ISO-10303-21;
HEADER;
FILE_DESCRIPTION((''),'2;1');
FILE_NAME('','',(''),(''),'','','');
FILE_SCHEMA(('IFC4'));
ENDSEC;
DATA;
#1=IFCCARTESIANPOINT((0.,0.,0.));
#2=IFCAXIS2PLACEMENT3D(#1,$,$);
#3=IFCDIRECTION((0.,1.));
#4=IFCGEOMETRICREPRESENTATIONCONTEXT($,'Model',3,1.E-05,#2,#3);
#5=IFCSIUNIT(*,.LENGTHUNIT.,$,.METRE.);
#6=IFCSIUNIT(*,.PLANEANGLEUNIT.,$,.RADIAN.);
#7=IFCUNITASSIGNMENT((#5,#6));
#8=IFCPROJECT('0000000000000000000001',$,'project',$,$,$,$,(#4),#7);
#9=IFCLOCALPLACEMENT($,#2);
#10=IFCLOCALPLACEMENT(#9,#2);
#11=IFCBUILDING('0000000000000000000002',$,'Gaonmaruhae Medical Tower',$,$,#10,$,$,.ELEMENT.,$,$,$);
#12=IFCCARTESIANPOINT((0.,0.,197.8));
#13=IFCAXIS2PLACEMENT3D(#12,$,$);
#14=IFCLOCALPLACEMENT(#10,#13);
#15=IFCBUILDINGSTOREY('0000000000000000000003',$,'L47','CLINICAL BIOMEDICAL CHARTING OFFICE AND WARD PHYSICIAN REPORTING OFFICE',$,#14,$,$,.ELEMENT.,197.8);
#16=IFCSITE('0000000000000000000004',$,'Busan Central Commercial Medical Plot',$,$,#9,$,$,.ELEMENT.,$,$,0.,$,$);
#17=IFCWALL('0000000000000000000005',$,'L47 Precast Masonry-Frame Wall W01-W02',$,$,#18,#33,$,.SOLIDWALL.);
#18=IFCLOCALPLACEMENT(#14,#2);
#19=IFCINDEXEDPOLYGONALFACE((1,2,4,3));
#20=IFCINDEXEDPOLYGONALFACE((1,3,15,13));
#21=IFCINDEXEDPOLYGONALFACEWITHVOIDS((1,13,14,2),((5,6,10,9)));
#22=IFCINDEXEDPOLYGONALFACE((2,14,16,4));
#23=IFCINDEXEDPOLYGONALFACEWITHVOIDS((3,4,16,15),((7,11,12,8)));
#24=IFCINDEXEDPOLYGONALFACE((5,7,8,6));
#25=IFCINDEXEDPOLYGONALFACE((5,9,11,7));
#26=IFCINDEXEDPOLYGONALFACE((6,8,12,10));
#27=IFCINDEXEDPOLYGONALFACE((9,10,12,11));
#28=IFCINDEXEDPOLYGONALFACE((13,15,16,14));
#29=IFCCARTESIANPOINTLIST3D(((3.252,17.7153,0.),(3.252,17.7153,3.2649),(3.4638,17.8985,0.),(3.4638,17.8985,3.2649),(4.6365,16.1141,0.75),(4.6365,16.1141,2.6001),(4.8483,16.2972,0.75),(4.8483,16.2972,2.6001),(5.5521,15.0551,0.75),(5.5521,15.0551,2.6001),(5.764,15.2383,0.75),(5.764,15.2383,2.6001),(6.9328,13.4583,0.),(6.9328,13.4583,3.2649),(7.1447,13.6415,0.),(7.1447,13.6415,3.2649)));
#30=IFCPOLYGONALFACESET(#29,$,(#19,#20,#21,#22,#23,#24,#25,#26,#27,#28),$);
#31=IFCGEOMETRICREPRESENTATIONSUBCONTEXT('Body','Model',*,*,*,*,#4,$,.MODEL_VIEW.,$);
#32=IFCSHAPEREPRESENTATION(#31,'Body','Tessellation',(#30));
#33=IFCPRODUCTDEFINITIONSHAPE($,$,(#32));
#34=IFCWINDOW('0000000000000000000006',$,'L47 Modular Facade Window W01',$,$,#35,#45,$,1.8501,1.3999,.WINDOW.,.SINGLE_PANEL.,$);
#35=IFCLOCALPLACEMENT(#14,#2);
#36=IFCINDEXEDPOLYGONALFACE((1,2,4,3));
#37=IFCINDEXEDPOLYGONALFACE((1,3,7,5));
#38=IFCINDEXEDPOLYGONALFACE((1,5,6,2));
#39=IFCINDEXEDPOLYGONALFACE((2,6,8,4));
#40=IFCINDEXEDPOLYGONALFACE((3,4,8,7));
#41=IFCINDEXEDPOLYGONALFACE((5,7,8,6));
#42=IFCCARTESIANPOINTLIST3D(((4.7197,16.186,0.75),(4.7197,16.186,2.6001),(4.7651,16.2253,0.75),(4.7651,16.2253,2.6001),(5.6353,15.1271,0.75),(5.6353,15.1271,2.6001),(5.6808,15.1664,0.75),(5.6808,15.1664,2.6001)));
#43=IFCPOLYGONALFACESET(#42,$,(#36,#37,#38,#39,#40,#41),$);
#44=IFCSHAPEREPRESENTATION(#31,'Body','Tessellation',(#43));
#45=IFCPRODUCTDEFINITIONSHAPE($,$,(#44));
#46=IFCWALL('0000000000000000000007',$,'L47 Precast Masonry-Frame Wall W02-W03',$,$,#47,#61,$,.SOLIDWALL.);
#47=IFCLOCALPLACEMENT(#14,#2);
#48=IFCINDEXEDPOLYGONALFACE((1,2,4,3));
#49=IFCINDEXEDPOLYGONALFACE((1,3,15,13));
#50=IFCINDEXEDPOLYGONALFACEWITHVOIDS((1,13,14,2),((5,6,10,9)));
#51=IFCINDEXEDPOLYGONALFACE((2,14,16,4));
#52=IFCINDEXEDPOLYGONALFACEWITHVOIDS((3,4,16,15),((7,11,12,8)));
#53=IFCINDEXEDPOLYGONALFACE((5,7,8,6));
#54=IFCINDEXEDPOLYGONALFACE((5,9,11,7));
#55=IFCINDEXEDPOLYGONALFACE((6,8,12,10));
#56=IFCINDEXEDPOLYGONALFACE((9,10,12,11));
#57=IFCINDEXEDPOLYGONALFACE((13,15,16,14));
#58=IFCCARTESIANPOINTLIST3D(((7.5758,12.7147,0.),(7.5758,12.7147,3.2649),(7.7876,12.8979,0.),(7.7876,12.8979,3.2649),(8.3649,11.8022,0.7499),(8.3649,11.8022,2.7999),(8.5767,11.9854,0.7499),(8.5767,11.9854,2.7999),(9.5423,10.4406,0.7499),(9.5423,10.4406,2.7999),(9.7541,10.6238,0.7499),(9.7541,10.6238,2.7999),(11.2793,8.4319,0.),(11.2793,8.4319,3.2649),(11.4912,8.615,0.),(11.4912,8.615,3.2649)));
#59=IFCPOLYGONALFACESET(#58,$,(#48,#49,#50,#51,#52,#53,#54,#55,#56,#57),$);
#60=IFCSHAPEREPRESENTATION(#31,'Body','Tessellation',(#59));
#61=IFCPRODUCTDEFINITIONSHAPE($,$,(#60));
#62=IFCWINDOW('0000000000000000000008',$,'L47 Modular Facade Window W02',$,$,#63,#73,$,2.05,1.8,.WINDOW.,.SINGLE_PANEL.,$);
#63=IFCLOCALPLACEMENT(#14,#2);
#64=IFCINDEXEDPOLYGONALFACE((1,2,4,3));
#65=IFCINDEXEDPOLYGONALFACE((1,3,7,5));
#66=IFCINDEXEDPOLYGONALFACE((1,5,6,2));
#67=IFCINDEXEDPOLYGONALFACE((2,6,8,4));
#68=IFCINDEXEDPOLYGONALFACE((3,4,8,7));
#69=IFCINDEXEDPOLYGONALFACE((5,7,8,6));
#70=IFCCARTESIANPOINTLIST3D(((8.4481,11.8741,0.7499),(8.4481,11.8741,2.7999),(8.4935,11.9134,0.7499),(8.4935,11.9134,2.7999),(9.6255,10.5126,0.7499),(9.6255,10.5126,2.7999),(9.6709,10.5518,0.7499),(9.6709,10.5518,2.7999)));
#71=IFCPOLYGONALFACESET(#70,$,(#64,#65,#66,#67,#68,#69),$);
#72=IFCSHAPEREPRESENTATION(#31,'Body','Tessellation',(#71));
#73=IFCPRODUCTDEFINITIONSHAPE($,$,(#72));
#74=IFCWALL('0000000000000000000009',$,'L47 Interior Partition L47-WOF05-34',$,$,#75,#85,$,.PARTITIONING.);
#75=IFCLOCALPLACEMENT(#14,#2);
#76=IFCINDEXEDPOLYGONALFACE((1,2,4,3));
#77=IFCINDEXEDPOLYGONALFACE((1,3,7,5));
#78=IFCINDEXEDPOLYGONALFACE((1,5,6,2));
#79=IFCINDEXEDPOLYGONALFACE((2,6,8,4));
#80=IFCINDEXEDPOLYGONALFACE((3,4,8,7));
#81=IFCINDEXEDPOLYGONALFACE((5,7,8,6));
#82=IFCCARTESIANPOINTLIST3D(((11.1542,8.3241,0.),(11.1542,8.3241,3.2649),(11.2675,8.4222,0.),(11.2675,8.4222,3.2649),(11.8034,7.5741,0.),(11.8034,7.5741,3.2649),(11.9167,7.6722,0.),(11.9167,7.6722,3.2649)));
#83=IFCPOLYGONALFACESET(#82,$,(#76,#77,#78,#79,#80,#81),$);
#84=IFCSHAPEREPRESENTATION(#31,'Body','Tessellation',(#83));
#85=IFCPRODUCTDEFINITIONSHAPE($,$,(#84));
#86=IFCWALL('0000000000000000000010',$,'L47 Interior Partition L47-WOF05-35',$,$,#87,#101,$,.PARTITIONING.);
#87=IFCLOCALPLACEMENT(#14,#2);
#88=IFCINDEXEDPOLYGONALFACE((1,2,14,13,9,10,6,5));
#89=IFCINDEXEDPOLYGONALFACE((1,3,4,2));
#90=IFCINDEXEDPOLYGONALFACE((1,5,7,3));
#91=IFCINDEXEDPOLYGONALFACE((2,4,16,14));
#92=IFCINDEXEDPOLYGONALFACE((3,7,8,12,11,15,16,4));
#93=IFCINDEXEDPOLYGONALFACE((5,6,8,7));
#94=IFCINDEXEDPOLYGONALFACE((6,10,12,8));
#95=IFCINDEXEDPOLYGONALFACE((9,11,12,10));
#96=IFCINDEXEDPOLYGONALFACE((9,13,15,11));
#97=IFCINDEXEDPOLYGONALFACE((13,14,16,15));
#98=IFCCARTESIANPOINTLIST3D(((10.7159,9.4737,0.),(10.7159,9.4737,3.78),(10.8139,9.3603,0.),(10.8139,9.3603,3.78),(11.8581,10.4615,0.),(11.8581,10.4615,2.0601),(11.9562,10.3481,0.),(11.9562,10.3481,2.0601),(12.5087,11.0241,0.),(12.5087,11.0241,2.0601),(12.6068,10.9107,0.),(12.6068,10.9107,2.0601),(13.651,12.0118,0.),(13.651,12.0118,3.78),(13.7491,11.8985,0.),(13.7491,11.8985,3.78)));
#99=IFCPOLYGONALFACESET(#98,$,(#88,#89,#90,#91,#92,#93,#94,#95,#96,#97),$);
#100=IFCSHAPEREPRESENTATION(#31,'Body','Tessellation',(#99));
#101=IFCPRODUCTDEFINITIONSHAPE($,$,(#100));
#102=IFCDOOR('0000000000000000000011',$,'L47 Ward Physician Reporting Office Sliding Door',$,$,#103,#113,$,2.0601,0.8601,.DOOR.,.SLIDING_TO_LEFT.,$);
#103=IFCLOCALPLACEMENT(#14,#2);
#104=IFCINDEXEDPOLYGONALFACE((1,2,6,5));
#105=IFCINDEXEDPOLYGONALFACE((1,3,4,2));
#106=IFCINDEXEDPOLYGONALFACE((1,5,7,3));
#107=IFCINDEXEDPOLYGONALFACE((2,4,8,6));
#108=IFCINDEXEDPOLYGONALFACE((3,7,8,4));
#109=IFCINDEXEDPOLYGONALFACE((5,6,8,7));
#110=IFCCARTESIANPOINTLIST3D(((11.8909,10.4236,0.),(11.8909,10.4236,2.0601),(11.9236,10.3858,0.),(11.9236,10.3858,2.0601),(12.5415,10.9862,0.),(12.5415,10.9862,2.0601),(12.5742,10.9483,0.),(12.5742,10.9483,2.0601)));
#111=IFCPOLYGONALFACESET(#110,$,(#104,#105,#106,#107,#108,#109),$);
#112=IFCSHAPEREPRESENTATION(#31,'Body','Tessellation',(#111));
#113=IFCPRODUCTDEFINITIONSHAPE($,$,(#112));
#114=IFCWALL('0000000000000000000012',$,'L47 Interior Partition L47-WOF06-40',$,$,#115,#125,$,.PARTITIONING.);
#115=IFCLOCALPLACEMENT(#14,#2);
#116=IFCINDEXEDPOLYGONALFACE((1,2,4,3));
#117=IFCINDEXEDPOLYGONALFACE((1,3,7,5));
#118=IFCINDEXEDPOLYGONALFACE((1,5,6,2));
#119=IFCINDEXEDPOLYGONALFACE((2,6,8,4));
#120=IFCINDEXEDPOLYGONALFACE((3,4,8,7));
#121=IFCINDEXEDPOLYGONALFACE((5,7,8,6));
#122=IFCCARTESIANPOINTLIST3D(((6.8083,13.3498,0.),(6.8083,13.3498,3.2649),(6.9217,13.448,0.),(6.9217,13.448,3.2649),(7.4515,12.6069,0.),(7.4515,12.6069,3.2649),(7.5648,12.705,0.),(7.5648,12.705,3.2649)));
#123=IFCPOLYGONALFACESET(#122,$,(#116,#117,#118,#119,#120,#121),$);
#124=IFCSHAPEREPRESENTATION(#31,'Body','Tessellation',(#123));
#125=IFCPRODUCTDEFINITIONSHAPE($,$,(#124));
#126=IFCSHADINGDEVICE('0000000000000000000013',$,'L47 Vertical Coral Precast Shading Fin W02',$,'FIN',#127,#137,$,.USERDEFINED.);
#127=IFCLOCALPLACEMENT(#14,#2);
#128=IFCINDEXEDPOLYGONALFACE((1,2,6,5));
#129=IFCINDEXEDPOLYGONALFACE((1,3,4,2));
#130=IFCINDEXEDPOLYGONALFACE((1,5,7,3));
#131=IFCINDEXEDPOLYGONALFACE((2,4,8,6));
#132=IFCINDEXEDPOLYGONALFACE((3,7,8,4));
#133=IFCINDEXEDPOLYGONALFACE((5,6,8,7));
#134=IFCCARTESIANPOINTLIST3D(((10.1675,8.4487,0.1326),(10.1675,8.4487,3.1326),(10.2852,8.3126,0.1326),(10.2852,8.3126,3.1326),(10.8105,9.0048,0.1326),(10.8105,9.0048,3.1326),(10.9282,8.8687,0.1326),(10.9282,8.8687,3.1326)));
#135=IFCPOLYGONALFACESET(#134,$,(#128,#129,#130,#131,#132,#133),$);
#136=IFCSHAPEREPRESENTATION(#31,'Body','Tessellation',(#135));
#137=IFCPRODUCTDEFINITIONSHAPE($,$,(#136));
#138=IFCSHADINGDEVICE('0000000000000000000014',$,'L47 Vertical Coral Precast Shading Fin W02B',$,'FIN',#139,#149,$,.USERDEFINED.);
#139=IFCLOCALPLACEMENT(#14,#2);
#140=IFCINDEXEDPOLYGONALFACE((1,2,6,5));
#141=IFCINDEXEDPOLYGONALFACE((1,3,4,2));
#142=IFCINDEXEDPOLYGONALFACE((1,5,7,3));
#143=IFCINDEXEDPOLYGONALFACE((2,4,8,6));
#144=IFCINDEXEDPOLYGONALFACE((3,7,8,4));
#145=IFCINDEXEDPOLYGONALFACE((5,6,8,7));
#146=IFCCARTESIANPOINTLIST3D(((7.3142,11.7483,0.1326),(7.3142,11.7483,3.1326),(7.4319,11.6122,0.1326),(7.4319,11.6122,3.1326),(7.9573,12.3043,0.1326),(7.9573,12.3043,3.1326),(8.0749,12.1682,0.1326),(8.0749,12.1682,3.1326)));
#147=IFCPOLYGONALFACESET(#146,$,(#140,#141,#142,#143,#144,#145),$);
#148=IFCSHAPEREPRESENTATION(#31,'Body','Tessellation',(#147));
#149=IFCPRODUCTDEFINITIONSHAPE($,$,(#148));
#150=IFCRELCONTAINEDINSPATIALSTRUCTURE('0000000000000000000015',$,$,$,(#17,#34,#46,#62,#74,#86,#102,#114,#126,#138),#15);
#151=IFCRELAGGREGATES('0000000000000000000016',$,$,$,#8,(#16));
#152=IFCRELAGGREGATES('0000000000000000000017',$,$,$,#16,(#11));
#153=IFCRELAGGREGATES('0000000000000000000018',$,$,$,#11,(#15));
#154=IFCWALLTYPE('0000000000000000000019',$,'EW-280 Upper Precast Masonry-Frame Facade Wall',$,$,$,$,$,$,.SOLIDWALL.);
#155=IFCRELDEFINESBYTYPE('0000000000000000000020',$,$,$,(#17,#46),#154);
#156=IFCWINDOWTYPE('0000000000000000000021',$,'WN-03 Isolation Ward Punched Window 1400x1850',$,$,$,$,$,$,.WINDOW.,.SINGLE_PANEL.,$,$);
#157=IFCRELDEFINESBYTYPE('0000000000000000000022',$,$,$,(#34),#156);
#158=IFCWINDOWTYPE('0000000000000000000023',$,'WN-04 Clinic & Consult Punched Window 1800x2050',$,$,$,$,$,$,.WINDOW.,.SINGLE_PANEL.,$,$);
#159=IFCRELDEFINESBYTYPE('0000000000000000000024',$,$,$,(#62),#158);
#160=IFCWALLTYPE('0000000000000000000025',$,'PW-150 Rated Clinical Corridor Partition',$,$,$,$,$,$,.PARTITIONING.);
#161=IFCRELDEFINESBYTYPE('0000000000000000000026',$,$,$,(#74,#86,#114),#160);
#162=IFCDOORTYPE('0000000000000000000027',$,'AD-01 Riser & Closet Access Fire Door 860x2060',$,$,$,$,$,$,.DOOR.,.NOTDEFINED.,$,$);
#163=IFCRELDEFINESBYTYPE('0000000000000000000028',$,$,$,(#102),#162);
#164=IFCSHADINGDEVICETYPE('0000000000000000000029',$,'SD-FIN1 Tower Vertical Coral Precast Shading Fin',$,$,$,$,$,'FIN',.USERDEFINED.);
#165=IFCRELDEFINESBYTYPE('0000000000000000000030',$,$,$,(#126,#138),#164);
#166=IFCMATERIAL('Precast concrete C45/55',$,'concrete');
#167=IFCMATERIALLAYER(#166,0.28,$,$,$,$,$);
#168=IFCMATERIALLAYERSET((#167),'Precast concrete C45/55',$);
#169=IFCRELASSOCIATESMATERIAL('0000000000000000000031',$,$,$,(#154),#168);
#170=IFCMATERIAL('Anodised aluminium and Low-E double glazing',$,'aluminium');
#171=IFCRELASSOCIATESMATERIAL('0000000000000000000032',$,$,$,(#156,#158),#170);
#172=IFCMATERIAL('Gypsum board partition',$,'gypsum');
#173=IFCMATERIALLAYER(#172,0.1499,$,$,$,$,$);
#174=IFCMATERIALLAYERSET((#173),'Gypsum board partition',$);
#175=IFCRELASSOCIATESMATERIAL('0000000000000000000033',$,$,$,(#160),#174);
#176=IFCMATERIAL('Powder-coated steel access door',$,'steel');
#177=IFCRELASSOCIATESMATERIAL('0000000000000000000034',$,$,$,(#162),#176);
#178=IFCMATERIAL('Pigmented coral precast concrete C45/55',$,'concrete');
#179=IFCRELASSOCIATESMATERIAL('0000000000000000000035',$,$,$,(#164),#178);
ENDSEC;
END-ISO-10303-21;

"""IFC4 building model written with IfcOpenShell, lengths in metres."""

from ifc_helpers import new_model, si_unit, direction, frame, frame_2d, origin, origin_2d, place, context, subcontext, project, spatial, rectangle, extrude, material, layer, layer_set, type_object, element, fill, save


model = new_model("IFC4")

# Units and contexts
model_context = context("Model", 3, precision=1e-05, world=origin(), true_north=direction((0.0, 1.0)))
body_context = subcontext(model_context, "Body", "Model", "MODEL_VIEW")
ifc_project = project(units=[si_unit("LENGTHUNIT", "METRE"), si_unit("PLANEANGLEUNIT", "RADIAN")], contexts=[model_context])

# Site, building, storey
site_placement = place(None, origin())
site = spatial("IfcSite", under=ifc_project, at=site_placement, Name="Busan Central Commercial Medical Plot", CompositionType="ELEMENT", RefElevation=0.0)
building_placement = place(site_placement, origin())
building = spatial("IfcBuilding", under=site, at=building_placement, Name="Gaonmaruhae Medical Tower", CompositionType="ELEMENT")
storey_placement = place(building_placement, frame((0.0, 0.0, 197.8)))
storey = spatial("IfcBuildingStorey", under=building, at=storey_placement, Name="L47", Description="CLINICAL BIOMEDICAL CHARTING OFFICE AND WARD PHYSICIAN REPORTING OFFICE", CompositionType="ELEMENT", Elevation=197.8)

# Walls, openings, windows
ifc_material_1 = material(Name="Precast concrete C45/55", Category="concrete")
ifc_layer_1 = layer(ifc_material_1, 0.28)
ifc_layer_set_1 = layer_set([ifc_layer_1], Name="Precast concrete C45/55")
wall_type_1 = type_object("IfcWallType", Name="EW-280 Upper Precast Masonry-Frame Facade Wall", PredefinedType="SOLIDWALL", material=ifc_layer_set_1)
wall_1_placement = place(storey_placement, frame((7.0388, 13.5498, 0.0), z_axis=(0.0, 0.0, 1.0), x_axis=(-0.654061, 0.756441, 0.0)))
wall_1 = element("IfcWall", 1, at=wall_1_placement, inside=storey, type_object=wall_type_1, Name="L47 Precast Masonry-Frame Wall W01-W02", PredefinedType="SOLIDWALL", context=body_context, shape_type="SweptSolid", body=[
    extrude(rectangle(XDim=5.6277, YDim=0.28, at=frame_2d((2.814, 0.0))), origin(), (0.0, 0.0, 1.0), 3.2649),
])
opening_1_placement = place(wall_1_placement, frame((2.1111, 0.0, 0.75)))
opening_1 = element("IfcOpeningElement", 2, at=opening_1_placement, cuts=wall_1, PredefinedType="OPENING", context=body_context, shape_type="SweptSolid", body=[
    extrude(rectangle(XDim=1.3999, YDim=1.8501, at=frame_2d((0.7, 0.925))), frame((0.0, 0.1499, 0.0), z_axis=(0.0, -1.0, 0.0), x_axis=(1.0, 0.0, 0.0)), (0.0, 0.0, 1.0), 0.3),
])
ifc_material_2 = material(Name="Anodised aluminium and Low-E double glazing", Category="aluminium")
window_type_1 = type_object("IfcWindowType", Name="WN-03 Isolation Ward Punched Window 1400x1850", PartitioningType="SINGLE_PANEL", PredefinedType="WINDOW", material=ifc_material_2)
window_1_placement = place(opening_1_placement, origin())
window_1 = element("IfcWindow", 3, at=window_1_placement, inside=storey, type_object=window_type_1, Name="L47 Modular Facade Window W01", OverallHeight=1.8501, OverallWidth=1.3999, PartitioningType="SINGLE_PANEL", PredefinedType="WINDOW", context=body_context, shape_type="SweptSolid", body=[
    extrude(rectangle(XDim=1.3999, YDim=1.8501, at=frame_2d((0.7, 0.925))), frame((0.0, 0.03, 0.0), z_axis=(0.0, -1.0, 0.0), x_axis=(1.0, 0.0, 0.0)), (0.0, 0.0, 1.0), 0.0601),
])
fill(opening_1, window_1)
wall_2_placement = place(storey_placement, frame((11.3853, 8.5234, 0.0), z_axis=(0.0, 0.0, 1.0), x_axis=(-0.654095, 0.756413, 0.0)))
wall_2 = element("IfcWall", 4, at=wall_2_placement, inside=storey, type_object=wall_type_1, Name="L47 Precast Masonry-Frame Wall W02-W03", PredefinedType="SOLIDWALL", context=body_context, shape_type="SweptSolid", body=[
    extrude(rectangle(XDim=5.6621, YDim=0.28, at=frame_2d((2.8311, 0.0))), origin(), (0.0, 0.0, 1.0), 3.2649),
])
opening_2_placement = place(wall_2_placement, frame((2.6558, 0.0, 0.75)))
opening_2 = element("IfcOpeningElement", 5, at=opening_2_placement, cuts=wall_2, PredefinedType="OPENING", context=body_context, shape_type="SweptSolid", body=[
    extrude(rectangle(XDim=1.8, YDim=2.05, at=frame_2d((0.8999, 1.0249))), frame((0.0, 0.1499, 0.0), z_axis=(0.0, -1.0, 0.0), x_axis=(1.0, 0.0, 0.0)), (0.0, 0.0, 1.0), 0.3),
])
window_type_2 = type_object("IfcWindowType", Name="WN-04 Clinic & Consult Punched Window 1800x2050", PartitioningType="SINGLE_PANEL", PredefinedType="WINDOW", material=ifc_material_2)
window_2_placement = place(opening_2_placement, origin())
window_2 = element("IfcWindow", 6, at=window_2_placement, inside=storey, type_object=window_type_2, Name="L47 Modular Facade Window W02", OverallHeight=2.05, OverallWidth=1.8, PartitioningType="SINGLE_PANEL", PredefinedType="WINDOW", context=body_context, shape_type="SweptSolid", body=[
    extrude(rectangle(XDim=1.8, YDim=2.05, at=frame_2d((0.8999, 1.0249))), frame((0.0, 0.03, 0.0), z_axis=(0.0, -1.0, 0.0), x_axis=(1.0, 0.0, 0.0)), (0.0, 0.0, 1.0), 0.0601),
])
fill(opening_2, window_2)

# Wall
ifc_material_3 = material(Name="Gypsum board partition", Category="gypsum")
ifc_layer_2 = layer(ifc_material_3, 0.1499)
ifc_layer_set_2 = layer_set([ifc_layer_2], Name="Gypsum board partition")
wall_type_2 = type_object("IfcWallType", Name="PW-150 Rated Clinical Corridor Partition", PredefinedType="PARTITIONING", material=ifc_layer_set_2)
wall_3_placement = place(storey_placement, frame((11.8601, 7.623, 0.0), z_axis=(0.0, 0.0, 1.0), x_axis=(-0.654453, 0.756103, 0.0)))
element("IfcWall", 7, at=wall_3_placement, inside=storey, type_object=wall_type_2, Name="L47 Interior Partition L47-WOF05-34", PredefinedType="PARTITIONING", context=body_context, shape_type="SweptSolid", body=[
    extrude(rectangle(XDim=0.9919, YDim=0.1499, at=frame_2d((0.4961, 0.0))), origin(), (0.0, 0.0, 1.0), 3.2649),
])

# Wall, opening, door
wall_4_placement = place(storey_placement, frame((10.7649, 9.417, 0.0), z_axis=(0.0, 0.0, 1.0), x_axis=(0.756407, 0.654101, 0.0)))
wall_4 = element("IfcWall", 8, at=wall_4_placement, inside=storey, type_object=wall_type_2, Name="L47 Interior Partition L47-WOF05-35", PredefinedType="PARTITIONING", context=body_context, shape_type="SweptSolid", body=[
    extrude(rectangle(XDim=3.8804, YDim=0.1499, at=frame_2d((1.9402, 0.0))), origin(), (0.0, 0.0, 1.0), 3.78),
])
opening_3_placement = place(wall_4_placement, frame((1.51, 0.0, 0.0)))
opening_3 = element("IfcOpeningElement", 9, at=opening_3_placement, cuts=wall_4, PredefinedType="OPENING", context=body_context, shape_type="SweptSolid", body=[
    extrude(rectangle(XDim=0.8601, YDim=2.0601, at=frame_2d((0.4302, 1.03))), frame((0.0, 0.085, 0.0), z_axis=(0.0, -1.0, 0.0), x_axis=(1.0, 0.0, 0.0)), (0.0, 0.0, 1.0), 0.1699),
])
ifc_material_4 = material(Name="Powder-coated steel access door", Category="steel")
door_type = type_object("IfcDoorType", Name="AD-01 Riser & Closet Access Fire Door 860x2060", OperationType="NOTDEFINED", PredefinedType="DOOR", material=ifc_material_4)
door_placement = place(opening_3_placement, origin())
door = element("IfcDoor", 10, at=door_placement, inside=storey, type_object=door_type, Name="L47 Ward Physician Reporting Office Sliding Door", OperationType="SLIDING_TO_LEFT", OverallHeight=2.0601, OverallWidth=0.8601, PredefinedType="DOOR", context=body_context, shape_type="SweptSolid", body=[
    extrude(rectangle(XDim=0.8601, YDim=2.0601, at=frame_2d((0.4302, 1.03))), frame((0.0, 0.0249, 0.0), z_axis=(0.0, -1.0, 0.0), x_axis=(1.0, 0.0, 0.0)), (0.0, 0.0, 1.0), 0.05),
])
fill(opening_3, door)

# Wall
wall_5_placement = place(storey_placement, frame((7.5081, 12.656, 0.0), z_axis=(0.0, 0.0, 1.0), x_axis=(-0.654467, 0.756091, 0.0)))
element("IfcWall", 11, at=wall_5_placement, inside=storey, type_object=wall_type_2, Name="L47 Interior Partition L47-WOF06-40", PredefinedType="PARTITIONING", context=body_context, shape_type="SweptSolid", body=[
    extrude(rectangle(XDim=0.9827, YDim=0.1499, at=frame_2d((0.4912, 0.0))), origin(), (0.0, 0.0, 1.0), 3.2649),
])

# Shading devices
ifc_material_5 = material(Name="Pigmented coral precast concrete C45/55", Category="concrete")
shading_device_type = type_object("IfcShadingDeviceType", Name="SD-FIN1 Tower Vertical Coral Precast Shading Fin", ElementType="FIN", PredefinedType="USERDEFINED", material=ifc_material_5)
for number, where, z_axis, x_axis, name in (
    (12, (10.5479, 8.6587, 0.1326), (0.0, 0.0, 1.0), (-0.654081, 0.756425, 0.0), "L47 Vertical Coral Precast Shading Fin W02"),
    (13, (7.6946, 11.9583, 0.1326), (0.0, 0.0, 1.0), (-0.654081, 0.756425, 0.0), "L47 Vertical Coral Precast Shading Fin W02B"),
):
    element("IfcShadingDevice", number, at=place(storey_placement, frame(where, z_axis=z_axis, x_axis=x_axis)), inside=storey, type_object=shading_device_type, Name=name, ObjectType="FIN", PredefinedType="USERDEFINED", context=body_context, shape_type="SweptSolid", body=[
        extrude(rectangle(XDim=0.1799, YDim=0.8501, at=origin_2d()), origin(), (0.0, 0.0, 1.0), 3.0),
    ])

save(model, "model.ifc")
